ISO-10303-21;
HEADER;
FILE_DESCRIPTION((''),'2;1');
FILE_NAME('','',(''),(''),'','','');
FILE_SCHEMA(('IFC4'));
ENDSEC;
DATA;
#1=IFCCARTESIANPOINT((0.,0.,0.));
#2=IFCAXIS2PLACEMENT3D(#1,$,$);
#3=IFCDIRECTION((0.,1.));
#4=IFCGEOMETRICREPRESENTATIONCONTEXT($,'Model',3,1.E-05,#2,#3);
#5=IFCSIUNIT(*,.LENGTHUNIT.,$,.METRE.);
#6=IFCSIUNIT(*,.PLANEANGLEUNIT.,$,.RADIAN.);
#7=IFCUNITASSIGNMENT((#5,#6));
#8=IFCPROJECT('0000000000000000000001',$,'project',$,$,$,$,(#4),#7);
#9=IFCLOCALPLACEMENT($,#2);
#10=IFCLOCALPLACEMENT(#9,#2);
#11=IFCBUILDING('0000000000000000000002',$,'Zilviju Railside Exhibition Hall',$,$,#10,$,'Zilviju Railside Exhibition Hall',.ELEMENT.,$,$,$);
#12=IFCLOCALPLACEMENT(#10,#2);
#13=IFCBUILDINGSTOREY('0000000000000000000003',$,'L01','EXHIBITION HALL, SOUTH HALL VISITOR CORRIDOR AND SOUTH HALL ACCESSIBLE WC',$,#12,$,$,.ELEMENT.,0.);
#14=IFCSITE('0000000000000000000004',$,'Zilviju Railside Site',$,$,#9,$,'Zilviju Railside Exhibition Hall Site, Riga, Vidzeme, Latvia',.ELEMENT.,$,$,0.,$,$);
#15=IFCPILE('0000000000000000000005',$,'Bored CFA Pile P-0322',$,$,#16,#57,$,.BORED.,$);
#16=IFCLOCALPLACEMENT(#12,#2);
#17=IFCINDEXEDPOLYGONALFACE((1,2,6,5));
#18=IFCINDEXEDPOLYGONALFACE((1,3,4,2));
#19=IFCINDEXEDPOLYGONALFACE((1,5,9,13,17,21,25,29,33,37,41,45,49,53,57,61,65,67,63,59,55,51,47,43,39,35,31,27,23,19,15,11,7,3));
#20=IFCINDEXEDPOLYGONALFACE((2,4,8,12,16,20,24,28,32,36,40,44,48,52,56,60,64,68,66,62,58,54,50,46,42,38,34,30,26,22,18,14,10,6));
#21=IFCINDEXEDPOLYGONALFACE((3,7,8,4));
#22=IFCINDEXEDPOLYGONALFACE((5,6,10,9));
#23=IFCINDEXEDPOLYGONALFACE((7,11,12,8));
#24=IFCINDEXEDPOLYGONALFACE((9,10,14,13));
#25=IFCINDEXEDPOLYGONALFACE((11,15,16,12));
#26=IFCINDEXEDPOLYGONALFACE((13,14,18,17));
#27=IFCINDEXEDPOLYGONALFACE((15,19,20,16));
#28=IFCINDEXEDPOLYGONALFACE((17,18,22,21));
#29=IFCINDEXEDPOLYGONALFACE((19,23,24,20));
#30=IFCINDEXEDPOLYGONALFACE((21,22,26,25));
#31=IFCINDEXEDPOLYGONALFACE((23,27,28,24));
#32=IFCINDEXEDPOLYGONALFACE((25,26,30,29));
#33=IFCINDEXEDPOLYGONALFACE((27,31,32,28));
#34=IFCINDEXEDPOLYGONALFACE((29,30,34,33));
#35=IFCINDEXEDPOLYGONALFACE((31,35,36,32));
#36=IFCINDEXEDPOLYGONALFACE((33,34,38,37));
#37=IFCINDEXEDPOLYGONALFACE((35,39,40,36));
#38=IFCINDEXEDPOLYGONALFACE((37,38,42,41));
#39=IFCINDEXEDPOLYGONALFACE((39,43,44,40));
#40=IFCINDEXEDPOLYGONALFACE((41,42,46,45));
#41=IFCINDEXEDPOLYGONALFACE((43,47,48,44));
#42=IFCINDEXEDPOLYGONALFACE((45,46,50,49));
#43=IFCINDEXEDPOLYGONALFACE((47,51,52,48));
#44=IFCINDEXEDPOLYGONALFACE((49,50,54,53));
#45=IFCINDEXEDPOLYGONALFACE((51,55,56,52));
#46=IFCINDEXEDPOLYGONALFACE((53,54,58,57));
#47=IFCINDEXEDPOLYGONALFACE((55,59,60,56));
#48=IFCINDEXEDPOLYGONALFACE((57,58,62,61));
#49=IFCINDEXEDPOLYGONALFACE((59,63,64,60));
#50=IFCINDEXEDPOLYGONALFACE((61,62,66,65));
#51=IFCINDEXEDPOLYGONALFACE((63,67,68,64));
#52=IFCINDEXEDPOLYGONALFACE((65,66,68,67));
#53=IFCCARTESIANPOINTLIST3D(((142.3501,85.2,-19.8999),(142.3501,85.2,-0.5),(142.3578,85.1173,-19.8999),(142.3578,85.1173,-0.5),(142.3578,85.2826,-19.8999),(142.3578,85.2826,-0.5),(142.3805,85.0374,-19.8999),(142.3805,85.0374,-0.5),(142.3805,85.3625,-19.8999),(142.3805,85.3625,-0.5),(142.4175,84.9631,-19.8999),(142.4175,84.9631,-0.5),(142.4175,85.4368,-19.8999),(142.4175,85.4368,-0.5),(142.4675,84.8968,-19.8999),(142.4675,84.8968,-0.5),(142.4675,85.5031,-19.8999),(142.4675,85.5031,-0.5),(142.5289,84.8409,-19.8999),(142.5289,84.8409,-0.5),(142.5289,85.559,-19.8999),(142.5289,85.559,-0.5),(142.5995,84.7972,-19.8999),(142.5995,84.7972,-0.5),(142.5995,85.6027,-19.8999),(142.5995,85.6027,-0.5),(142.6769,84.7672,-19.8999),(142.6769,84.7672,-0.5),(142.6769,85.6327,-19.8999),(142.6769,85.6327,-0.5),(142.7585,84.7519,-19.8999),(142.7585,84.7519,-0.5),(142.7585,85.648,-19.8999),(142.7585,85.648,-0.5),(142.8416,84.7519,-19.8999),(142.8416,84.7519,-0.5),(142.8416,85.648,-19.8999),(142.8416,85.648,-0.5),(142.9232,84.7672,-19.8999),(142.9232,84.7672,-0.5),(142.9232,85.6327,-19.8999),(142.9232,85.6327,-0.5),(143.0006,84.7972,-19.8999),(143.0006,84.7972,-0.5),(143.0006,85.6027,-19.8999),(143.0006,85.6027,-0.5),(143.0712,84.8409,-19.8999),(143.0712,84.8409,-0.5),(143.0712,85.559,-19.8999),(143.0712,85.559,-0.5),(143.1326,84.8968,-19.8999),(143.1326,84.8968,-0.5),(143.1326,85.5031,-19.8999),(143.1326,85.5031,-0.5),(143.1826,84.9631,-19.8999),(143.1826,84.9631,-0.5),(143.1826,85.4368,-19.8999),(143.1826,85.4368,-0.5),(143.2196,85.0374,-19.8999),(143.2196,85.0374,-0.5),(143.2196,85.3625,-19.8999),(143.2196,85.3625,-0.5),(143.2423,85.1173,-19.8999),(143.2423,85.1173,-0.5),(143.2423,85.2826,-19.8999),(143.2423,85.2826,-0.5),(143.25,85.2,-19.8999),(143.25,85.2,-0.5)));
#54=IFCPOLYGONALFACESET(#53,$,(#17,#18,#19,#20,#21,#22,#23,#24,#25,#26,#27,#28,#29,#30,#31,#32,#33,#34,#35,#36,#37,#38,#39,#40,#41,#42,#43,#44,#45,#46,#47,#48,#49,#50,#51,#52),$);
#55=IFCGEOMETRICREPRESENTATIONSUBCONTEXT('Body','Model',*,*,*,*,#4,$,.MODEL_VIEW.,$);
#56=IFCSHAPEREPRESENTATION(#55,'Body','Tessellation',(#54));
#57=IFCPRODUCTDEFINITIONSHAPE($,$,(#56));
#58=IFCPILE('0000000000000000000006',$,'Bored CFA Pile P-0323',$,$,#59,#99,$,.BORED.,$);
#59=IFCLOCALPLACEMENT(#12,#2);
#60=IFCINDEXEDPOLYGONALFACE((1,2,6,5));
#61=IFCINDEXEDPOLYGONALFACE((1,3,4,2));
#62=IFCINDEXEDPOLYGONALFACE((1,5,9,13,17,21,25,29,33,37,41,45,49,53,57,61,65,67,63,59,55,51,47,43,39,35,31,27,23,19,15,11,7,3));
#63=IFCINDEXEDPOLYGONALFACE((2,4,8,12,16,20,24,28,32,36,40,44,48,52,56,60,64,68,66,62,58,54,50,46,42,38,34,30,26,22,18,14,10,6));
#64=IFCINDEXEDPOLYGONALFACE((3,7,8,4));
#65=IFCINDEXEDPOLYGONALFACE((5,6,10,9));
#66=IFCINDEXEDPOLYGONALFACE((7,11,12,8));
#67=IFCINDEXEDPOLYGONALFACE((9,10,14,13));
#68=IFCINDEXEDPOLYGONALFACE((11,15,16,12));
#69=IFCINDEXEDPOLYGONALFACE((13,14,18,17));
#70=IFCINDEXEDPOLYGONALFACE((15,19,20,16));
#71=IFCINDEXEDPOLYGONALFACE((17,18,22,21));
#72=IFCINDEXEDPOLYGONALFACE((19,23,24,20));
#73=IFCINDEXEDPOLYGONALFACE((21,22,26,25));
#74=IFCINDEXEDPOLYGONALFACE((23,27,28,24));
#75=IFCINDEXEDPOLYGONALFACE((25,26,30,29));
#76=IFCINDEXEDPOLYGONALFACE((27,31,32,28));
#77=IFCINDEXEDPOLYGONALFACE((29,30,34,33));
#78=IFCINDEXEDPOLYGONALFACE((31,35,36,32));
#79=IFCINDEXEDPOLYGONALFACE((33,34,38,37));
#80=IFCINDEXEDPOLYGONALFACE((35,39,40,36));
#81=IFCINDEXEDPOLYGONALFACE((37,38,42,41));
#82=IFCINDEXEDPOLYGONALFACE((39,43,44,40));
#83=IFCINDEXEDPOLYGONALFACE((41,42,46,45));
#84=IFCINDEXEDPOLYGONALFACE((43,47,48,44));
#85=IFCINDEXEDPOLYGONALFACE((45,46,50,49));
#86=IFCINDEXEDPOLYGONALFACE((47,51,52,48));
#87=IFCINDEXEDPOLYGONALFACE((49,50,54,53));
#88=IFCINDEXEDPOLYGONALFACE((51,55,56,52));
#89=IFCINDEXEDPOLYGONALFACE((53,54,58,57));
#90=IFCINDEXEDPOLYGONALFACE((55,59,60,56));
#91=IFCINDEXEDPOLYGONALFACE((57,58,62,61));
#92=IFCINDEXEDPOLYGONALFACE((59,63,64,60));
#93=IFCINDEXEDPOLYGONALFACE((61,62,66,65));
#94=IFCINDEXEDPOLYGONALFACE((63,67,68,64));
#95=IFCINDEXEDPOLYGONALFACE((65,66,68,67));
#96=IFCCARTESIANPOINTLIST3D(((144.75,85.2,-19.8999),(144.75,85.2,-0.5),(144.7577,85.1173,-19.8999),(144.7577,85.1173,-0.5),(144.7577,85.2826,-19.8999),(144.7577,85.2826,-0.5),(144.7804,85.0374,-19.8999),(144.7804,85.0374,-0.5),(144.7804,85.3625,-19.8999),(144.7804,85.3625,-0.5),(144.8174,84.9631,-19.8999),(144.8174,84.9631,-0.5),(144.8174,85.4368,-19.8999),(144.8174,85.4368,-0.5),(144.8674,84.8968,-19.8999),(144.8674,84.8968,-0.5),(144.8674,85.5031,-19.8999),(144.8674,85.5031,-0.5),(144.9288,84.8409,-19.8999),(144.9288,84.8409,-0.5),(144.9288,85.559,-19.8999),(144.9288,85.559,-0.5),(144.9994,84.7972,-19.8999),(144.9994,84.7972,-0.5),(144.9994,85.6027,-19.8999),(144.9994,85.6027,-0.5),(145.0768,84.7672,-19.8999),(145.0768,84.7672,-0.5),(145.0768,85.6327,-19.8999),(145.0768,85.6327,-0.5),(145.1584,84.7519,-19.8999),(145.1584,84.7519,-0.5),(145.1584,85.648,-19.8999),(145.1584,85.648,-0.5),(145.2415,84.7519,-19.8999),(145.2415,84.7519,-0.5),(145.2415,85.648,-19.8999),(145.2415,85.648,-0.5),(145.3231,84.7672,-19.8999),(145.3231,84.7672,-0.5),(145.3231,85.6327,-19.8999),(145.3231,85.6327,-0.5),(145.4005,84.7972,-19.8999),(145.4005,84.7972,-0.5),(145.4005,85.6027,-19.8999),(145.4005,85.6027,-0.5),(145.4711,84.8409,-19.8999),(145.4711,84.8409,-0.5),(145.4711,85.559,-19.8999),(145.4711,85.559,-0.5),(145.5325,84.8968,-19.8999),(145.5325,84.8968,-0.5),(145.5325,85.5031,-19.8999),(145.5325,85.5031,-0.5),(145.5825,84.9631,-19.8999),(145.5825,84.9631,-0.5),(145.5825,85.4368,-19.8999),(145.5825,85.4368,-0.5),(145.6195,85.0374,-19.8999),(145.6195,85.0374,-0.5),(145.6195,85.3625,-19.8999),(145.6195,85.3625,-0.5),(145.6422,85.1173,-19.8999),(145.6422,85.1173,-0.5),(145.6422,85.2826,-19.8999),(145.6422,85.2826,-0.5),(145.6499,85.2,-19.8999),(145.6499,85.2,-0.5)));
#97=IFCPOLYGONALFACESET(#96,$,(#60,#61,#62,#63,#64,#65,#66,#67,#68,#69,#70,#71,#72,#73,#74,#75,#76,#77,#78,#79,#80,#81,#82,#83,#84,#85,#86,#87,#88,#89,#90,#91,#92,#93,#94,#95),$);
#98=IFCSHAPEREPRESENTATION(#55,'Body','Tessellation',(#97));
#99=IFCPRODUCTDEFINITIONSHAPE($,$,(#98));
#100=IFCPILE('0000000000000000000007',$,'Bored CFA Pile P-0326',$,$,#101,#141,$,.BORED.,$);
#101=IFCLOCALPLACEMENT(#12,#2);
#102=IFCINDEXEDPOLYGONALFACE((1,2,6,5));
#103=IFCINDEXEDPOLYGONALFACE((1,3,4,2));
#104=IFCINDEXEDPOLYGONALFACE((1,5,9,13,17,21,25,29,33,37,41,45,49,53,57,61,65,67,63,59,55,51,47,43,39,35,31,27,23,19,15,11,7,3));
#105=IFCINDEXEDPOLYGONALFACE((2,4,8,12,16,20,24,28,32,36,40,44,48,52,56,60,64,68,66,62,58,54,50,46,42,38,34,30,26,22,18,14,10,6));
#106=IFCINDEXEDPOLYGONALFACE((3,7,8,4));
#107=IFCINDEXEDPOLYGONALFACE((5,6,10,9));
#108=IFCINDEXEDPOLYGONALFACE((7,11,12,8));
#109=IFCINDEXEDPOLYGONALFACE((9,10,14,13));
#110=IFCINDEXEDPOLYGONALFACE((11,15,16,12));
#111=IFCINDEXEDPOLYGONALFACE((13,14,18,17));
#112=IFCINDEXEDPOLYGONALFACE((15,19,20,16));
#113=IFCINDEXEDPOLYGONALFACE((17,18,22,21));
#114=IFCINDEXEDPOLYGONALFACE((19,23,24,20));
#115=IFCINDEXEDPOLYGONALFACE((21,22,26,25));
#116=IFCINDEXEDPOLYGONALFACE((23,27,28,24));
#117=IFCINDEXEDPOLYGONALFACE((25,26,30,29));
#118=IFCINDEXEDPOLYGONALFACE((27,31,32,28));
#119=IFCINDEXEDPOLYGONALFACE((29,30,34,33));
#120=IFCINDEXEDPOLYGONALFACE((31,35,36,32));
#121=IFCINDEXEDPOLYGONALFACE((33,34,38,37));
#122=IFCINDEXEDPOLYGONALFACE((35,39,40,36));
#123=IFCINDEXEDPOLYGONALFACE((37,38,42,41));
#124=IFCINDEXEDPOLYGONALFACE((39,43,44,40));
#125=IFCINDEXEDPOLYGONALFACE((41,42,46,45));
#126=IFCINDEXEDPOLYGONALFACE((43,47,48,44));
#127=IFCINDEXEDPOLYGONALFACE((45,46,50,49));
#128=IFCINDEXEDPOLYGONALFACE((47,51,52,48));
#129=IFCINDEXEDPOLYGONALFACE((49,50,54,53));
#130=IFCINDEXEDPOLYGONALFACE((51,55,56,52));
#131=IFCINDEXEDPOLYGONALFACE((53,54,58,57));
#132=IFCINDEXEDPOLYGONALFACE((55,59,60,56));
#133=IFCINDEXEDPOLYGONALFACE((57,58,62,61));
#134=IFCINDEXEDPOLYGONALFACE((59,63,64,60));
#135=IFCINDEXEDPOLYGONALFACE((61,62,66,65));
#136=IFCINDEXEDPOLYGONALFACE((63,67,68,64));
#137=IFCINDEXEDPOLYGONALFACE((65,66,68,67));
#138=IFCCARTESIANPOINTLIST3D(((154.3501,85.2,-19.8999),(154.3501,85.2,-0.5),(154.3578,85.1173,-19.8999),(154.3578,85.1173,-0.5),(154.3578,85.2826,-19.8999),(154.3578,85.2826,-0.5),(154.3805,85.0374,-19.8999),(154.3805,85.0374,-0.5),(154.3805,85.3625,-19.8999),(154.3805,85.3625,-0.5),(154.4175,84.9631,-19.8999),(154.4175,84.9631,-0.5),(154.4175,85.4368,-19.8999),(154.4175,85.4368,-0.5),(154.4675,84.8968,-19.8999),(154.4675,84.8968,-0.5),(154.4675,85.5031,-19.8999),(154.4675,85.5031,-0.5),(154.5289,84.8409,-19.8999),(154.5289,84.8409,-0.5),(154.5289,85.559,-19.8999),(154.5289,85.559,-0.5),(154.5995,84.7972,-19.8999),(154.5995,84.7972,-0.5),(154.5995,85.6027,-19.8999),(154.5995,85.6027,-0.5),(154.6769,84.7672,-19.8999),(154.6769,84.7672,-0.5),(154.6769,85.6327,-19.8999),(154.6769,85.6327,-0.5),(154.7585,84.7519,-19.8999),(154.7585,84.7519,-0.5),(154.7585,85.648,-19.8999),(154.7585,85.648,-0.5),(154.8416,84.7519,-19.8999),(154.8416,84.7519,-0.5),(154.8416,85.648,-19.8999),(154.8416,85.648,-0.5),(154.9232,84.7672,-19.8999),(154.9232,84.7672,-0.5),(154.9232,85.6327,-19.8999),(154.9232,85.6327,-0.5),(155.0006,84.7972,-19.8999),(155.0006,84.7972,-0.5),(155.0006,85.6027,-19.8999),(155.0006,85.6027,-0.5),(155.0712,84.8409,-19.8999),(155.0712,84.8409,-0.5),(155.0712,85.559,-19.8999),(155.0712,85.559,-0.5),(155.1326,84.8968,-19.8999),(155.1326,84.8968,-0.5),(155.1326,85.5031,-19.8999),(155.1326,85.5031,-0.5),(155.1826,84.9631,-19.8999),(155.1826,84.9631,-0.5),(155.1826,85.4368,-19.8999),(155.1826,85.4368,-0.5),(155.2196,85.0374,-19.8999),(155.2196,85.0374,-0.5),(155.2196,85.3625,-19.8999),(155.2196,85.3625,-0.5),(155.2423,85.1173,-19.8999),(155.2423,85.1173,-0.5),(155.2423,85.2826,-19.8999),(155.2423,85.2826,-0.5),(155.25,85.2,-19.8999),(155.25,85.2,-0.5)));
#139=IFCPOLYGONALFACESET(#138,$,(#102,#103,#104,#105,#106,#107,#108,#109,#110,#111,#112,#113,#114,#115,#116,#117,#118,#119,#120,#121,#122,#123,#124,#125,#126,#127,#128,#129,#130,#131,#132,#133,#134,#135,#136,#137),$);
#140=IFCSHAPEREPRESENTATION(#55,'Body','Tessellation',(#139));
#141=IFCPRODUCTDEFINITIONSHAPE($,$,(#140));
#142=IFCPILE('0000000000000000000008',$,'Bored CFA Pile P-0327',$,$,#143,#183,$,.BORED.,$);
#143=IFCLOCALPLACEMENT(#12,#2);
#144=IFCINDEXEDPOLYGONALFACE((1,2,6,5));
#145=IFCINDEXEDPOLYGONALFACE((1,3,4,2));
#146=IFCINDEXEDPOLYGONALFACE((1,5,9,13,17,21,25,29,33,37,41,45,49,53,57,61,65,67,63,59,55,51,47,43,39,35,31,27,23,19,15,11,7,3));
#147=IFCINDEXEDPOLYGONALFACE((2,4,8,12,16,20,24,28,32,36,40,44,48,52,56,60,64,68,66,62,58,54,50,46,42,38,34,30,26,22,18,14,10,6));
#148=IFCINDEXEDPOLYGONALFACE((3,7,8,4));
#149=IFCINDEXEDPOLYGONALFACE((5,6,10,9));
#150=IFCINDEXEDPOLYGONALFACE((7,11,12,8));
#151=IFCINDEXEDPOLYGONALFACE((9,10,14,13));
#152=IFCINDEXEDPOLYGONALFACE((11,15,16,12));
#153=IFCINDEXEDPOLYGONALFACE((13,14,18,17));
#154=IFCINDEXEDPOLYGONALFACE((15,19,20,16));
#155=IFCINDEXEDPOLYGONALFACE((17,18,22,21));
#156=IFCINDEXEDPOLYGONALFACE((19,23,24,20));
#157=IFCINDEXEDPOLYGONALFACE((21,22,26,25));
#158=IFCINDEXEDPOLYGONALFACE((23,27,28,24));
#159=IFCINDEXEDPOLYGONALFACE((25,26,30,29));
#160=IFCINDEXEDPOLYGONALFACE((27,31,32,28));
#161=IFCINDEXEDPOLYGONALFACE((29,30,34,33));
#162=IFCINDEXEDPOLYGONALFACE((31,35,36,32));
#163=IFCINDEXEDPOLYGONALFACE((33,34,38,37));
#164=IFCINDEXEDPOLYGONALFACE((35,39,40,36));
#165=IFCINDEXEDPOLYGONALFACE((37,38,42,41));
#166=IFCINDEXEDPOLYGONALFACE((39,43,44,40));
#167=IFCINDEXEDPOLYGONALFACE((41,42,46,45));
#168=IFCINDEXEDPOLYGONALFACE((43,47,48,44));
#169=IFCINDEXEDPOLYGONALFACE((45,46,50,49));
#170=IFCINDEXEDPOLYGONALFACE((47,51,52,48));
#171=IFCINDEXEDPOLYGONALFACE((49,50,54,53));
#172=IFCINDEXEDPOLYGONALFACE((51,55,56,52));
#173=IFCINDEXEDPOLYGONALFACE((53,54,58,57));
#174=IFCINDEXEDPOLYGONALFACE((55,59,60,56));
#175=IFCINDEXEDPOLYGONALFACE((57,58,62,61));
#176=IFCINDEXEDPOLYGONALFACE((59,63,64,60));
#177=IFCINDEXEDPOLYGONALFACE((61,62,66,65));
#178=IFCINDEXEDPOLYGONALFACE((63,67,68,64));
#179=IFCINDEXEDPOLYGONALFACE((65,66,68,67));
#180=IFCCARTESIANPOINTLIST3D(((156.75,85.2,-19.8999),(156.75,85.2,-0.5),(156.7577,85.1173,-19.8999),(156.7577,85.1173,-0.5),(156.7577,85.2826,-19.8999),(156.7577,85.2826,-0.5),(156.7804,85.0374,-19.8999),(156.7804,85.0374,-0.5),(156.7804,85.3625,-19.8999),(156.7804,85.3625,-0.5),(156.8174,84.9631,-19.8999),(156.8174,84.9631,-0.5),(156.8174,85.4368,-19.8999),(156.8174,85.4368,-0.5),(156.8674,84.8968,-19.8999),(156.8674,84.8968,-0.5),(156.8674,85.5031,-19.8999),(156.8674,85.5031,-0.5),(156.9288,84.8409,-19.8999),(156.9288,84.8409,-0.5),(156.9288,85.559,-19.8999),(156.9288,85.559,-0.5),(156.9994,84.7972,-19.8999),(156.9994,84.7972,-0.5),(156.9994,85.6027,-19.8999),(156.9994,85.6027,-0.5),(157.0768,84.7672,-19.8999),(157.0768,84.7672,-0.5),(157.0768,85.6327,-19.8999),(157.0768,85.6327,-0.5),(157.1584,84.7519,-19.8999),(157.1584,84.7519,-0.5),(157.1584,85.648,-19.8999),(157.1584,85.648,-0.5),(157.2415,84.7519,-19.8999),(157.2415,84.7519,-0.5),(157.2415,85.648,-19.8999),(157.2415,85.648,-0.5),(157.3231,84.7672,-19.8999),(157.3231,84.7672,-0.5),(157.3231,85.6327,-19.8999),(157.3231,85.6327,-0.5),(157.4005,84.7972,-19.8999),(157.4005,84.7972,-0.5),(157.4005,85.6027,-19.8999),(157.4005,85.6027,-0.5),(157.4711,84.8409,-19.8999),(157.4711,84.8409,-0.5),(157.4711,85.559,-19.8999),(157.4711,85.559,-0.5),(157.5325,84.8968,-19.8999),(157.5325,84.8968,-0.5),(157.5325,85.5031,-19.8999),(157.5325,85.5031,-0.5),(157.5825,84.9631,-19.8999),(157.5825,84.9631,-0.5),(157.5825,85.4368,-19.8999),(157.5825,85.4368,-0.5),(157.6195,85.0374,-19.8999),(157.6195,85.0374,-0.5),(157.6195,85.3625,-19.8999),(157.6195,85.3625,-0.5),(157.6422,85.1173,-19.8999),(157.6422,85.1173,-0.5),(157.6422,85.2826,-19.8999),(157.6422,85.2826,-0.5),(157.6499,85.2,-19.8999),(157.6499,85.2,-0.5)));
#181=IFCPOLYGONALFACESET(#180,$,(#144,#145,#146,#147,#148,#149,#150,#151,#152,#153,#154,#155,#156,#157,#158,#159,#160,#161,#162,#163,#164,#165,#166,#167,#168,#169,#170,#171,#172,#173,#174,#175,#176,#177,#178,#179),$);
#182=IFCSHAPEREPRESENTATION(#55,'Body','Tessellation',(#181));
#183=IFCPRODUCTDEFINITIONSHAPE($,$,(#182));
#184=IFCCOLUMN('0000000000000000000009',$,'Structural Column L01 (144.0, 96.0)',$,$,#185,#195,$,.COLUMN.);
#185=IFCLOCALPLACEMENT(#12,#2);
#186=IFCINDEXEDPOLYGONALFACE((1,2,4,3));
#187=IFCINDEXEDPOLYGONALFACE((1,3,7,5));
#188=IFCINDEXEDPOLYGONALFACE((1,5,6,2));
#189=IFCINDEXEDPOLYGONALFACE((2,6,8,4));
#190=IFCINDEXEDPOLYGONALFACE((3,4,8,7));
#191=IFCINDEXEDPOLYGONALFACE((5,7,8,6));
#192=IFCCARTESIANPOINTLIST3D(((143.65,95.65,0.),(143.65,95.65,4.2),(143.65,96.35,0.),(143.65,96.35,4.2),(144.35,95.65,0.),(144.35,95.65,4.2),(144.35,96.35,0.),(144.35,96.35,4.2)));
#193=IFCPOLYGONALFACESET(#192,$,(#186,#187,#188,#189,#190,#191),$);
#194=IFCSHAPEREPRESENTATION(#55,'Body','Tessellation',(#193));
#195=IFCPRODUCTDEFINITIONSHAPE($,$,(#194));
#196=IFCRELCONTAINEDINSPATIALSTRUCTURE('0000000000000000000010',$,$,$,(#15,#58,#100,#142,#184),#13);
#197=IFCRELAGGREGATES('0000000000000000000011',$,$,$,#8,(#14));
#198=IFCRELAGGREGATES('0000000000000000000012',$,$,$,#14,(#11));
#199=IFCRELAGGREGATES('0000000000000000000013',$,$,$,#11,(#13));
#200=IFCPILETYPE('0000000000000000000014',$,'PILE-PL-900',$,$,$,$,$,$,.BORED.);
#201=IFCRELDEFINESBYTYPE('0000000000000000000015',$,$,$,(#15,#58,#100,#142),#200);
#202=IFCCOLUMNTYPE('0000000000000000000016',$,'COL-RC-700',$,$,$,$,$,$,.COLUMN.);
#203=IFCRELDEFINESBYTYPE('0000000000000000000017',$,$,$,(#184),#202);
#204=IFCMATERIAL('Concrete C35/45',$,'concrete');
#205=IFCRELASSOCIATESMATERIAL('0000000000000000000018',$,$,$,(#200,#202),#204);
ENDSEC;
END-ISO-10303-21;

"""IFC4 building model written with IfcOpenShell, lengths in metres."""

from ifc_helpers import new_model, si_unit, direction, frame, origin, origin_2d, place, context, subcontext, project, spatial, rectangle, circle, extrude, material, material_profile, profile_set, type_object, element, save


model = new_model("IFC4")

# Units and contexts
model_context = context("Model", 3, precision=1e-05, world=origin(), true_north=direction((0.0, 1.0)))
body_context = subcontext(model_context, "Body", "Model", "MODEL_VIEW")
ifc_project = project(units=[si_unit("LENGTHUNIT", "METRE"), si_unit("PLANEANGLEUNIT", "RADIAN")], contexts=[model_context])

# Site, building, storey
site_placement = place(None, origin())
site = spatial("IfcSite", under=ifc_project, at=site_placement, Name="Zilviju Railside Site", LongName="Zilviju Railside Exhibition Hall Site, Riga, Vidzeme, Latvia", CompositionType="ELEMENT", RefElevation=0.0)
building_placement = place(site_placement, origin())
building = spatial("IfcBuilding", under=site, at=building_placement, Name="Zilviju Railside Exhibition Hall", LongName="Zilviju Railside Exhibition Hall", CompositionType="ELEMENT")
storey_placement = place(building_placement, origin())
storey = spatial("IfcBuildingStorey", under=building, at=storey_placement, Name="L01", Description="EXHIBITION HALL, SOUTH HALL VISITOR CORRIDOR AND SOUTH HALL ACCESSIBLE WC", CompositionType="ELEMENT", Elevation=0.0)

# Shared definitions
ifc_material_1 = material(Name="Concrete C35/45", Category="concrete")

# Piles
ifc_material_profile_1 = material_profile(ifc_material_1, circle(Radius=0.45, at=origin_2d()), Name="CFA PILE D900")
ifc_profile_set_1 = profile_set([ifc_material_profile_1], Name="Concrete C35/45")
pile_type_1 = type_object("IfcPileType", Name="PILE-PL-900", PredefinedType="BORED", material=ifc_profile_set_1)
for number, where, z_axis, x_axis, name in (
    (1, (142.8, 85.2, -0.5), (0.0, 0.0, -1.0), (1.0, 0.0, 0.0), "Bored CFA Pile P-0322"),
    (2, (145.2, 85.2, -0.5), (0.0, 0.0, -1.0), (1.0, 0.0, 0.0), "Bored CFA Pile P-0323"),
    (3, (154.8, 85.2, -0.5), (0.0, 0.0, -1.0), (1.0, 0.0, 0.0), "Bored CFA Pile P-0326"),
    (4, (157.2, 85.2, -0.5), (0.0, 0.0, -1.0), (1.0, 0.0, 0.0), "Bored CFA Pile P-0327"),
):
    element("IfcPile", number, at=place(storey_placement, frame(where, z_axis=z_axis, x_axis=x_axis)), inside=storey, type_object=pile_type_1, Name=name, PredefinedType="BORED", context=body_context, shape_type="SweptSolid", body=[
        extrude(circle(Radius=0.45, at=origin_2d()), origin(), (0.0, 0.0, 1.0), 19.3999),
    ])

# Column
ifc_material_profile_2 = material_profile(ifc_material_1, rectangle(XDim=0.7, YDim=0.7, at=origin_2d()), Name="RC COL 700x700")
ifc_profile_set_2 = profile_set([ifc_material_profile_2], Name="Concrete C35/45")
column_type = type_object("IfcColumnType", Name="COL-RC-700", PredefinedType="COLUMN", material=ifc_profile_set_2)
column_placement = place(storey_placement, frame((144.0, 96.0, 0.0), z_axis=(0.0, 0.0, 1.0), x_axis=(1.0, 0.0, 0.0)))
element("IfcColumn", 5, at=column_placement, inside=storey, type_object=column_type, Name="Structural Column L01 (144.0, 96.0)", PredefinedType="COLUMN", context=body_context, shape_type="SweptSolid", body=[
    extrude(rectangle(XDim=0.7, YDim=0.7, at=origin_2d()), origin(), (0.0, 0.0, 1.0), 4.2),
])

save(model, "model.ifc")
